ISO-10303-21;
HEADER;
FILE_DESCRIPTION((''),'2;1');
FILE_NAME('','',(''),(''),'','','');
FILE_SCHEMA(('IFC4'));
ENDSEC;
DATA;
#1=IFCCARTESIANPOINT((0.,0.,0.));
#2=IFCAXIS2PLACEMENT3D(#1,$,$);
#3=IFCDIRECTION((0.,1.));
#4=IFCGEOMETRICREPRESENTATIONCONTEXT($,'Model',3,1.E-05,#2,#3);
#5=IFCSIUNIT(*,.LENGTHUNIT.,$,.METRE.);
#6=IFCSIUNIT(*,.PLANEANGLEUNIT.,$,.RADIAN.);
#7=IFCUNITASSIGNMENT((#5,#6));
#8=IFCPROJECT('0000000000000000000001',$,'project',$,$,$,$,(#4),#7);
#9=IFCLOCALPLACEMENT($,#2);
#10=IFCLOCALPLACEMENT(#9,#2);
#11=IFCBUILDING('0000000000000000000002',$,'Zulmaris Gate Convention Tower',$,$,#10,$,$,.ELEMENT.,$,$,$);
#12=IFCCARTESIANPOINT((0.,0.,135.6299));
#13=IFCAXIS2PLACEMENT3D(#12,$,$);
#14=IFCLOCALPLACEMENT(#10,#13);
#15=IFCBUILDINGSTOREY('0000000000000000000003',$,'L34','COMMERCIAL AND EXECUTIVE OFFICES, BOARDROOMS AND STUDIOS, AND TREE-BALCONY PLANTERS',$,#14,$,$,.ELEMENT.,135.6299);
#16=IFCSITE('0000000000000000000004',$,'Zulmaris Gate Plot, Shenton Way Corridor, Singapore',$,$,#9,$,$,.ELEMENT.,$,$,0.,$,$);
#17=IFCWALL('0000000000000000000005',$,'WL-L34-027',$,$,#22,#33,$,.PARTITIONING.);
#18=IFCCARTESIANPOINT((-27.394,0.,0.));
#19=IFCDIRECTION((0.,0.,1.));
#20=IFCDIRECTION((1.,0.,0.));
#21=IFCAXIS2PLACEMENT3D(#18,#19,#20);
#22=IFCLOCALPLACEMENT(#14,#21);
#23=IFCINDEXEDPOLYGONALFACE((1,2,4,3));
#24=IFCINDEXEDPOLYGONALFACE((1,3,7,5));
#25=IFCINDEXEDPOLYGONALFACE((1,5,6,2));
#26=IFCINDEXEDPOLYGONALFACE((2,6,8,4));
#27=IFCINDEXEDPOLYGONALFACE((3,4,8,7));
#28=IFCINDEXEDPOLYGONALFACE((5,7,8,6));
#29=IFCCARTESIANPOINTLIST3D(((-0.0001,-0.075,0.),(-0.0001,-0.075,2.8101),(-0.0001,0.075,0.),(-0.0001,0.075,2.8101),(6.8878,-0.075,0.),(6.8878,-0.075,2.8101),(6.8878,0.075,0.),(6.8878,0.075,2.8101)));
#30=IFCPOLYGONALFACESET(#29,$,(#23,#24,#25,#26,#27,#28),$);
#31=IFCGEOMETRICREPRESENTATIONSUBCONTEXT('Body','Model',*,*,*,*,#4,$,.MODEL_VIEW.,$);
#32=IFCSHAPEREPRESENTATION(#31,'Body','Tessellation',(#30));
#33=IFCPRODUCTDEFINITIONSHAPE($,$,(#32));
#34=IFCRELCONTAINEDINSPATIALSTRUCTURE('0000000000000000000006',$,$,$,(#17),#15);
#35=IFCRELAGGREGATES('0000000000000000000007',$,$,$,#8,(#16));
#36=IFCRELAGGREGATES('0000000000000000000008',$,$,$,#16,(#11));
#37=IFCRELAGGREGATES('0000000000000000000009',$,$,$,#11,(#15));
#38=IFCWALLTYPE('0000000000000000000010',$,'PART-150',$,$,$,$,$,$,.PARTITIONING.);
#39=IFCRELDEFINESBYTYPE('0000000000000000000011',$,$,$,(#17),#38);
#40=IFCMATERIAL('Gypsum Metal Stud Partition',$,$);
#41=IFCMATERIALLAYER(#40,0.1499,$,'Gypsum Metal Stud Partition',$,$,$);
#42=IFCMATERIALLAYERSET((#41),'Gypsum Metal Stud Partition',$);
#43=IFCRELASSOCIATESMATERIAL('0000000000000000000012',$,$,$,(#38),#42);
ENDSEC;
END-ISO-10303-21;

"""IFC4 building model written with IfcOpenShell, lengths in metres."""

from ifc_helpers import new_model, si_unit, direction, frame, frame_2d, origin, place, context, subcontext, project, spatial, rectangle, extrude, material, layer, layer_set, type_object, element, save


model = new_model("IFC4")

# Units and contexts
model_context = context("Model", 3, precision=1e-05, world=origin(), true_north=direction((0.0, 1.0)))
body_context = subcontext(model_context, "Body", "Model", "MODEL_VIEW")
ifc_project = project(units=[si_unit("LENGTHUNIT", "METRE"), si_unit("PLANEANGLEUNIT", "RADIAN")], contexts=[model_context])

# Site, building, storey
site_placement = place(None, origin())
site = spatial("IfcSite", under=ifc_project, at=site_placement, Name="Zulmaris Gate Plot, Shenton Way Corridor, Singapore", CompositionType="ELEMENT", RefElevation=0.0)
building_placement = place(site_placement, origin())
building = spatial("IfcBuilding", under=site, at=building_placement, Name="Zulmaris Gate Convention Tower", CompositionType="ELEMENT")
storey_placement = place(building_placement, frame((0.0, 0.0, 135.6299)))
storey = spatial("IfcBuildingStorey", under=building, at=storey_placement, Name="L34", Description="COMMERCIAL AND EXECUTIVE OFFICES, BOARDROOMS AND STUDIOS, AND TREE-BALCONY PLANTERS", CompositionType="ELEMENT", Elevation=135.6299)

# Wall
ifc_material_1 = material(Name="Gypsum Metal Stud Partition")
ifc_layer_1 = layer(ifc_material_1, 0.1499, Name="Gypsum Metal Stud Partition")
ifc_layer_set_1 = layer_set([ifc_layer_1], Name="Gypsum Metal Stud Partition")
wall_type_1 = type_object("IfcWallType", Name="PART-150", PredefinedType="PARTITIONING", material=ifc_layer_set_1)
wall_1_placement = place(storey_placement, frame((-27.394, 0.0, 0.0), z_axis=(0.0, 0.0, 1.0), x_axis=(1.0, 0.0, 0.0)))
element("IfcWall", 1, at=wall_1_placement, inside=storey, type_object=wall_type_1, Name="WL-L34-027", PredefinedType="PARTITIONING", context=body_context, shape_type="SweptSolid", body=[
    extrude(rectangle(XDim=6.8879, YDim=0.1499, at=frame_2d((3.4438, 0.0))), origin(), (0.0, 0.0, 1.0), 2.8101),
])

save(model, "model.ifc")
